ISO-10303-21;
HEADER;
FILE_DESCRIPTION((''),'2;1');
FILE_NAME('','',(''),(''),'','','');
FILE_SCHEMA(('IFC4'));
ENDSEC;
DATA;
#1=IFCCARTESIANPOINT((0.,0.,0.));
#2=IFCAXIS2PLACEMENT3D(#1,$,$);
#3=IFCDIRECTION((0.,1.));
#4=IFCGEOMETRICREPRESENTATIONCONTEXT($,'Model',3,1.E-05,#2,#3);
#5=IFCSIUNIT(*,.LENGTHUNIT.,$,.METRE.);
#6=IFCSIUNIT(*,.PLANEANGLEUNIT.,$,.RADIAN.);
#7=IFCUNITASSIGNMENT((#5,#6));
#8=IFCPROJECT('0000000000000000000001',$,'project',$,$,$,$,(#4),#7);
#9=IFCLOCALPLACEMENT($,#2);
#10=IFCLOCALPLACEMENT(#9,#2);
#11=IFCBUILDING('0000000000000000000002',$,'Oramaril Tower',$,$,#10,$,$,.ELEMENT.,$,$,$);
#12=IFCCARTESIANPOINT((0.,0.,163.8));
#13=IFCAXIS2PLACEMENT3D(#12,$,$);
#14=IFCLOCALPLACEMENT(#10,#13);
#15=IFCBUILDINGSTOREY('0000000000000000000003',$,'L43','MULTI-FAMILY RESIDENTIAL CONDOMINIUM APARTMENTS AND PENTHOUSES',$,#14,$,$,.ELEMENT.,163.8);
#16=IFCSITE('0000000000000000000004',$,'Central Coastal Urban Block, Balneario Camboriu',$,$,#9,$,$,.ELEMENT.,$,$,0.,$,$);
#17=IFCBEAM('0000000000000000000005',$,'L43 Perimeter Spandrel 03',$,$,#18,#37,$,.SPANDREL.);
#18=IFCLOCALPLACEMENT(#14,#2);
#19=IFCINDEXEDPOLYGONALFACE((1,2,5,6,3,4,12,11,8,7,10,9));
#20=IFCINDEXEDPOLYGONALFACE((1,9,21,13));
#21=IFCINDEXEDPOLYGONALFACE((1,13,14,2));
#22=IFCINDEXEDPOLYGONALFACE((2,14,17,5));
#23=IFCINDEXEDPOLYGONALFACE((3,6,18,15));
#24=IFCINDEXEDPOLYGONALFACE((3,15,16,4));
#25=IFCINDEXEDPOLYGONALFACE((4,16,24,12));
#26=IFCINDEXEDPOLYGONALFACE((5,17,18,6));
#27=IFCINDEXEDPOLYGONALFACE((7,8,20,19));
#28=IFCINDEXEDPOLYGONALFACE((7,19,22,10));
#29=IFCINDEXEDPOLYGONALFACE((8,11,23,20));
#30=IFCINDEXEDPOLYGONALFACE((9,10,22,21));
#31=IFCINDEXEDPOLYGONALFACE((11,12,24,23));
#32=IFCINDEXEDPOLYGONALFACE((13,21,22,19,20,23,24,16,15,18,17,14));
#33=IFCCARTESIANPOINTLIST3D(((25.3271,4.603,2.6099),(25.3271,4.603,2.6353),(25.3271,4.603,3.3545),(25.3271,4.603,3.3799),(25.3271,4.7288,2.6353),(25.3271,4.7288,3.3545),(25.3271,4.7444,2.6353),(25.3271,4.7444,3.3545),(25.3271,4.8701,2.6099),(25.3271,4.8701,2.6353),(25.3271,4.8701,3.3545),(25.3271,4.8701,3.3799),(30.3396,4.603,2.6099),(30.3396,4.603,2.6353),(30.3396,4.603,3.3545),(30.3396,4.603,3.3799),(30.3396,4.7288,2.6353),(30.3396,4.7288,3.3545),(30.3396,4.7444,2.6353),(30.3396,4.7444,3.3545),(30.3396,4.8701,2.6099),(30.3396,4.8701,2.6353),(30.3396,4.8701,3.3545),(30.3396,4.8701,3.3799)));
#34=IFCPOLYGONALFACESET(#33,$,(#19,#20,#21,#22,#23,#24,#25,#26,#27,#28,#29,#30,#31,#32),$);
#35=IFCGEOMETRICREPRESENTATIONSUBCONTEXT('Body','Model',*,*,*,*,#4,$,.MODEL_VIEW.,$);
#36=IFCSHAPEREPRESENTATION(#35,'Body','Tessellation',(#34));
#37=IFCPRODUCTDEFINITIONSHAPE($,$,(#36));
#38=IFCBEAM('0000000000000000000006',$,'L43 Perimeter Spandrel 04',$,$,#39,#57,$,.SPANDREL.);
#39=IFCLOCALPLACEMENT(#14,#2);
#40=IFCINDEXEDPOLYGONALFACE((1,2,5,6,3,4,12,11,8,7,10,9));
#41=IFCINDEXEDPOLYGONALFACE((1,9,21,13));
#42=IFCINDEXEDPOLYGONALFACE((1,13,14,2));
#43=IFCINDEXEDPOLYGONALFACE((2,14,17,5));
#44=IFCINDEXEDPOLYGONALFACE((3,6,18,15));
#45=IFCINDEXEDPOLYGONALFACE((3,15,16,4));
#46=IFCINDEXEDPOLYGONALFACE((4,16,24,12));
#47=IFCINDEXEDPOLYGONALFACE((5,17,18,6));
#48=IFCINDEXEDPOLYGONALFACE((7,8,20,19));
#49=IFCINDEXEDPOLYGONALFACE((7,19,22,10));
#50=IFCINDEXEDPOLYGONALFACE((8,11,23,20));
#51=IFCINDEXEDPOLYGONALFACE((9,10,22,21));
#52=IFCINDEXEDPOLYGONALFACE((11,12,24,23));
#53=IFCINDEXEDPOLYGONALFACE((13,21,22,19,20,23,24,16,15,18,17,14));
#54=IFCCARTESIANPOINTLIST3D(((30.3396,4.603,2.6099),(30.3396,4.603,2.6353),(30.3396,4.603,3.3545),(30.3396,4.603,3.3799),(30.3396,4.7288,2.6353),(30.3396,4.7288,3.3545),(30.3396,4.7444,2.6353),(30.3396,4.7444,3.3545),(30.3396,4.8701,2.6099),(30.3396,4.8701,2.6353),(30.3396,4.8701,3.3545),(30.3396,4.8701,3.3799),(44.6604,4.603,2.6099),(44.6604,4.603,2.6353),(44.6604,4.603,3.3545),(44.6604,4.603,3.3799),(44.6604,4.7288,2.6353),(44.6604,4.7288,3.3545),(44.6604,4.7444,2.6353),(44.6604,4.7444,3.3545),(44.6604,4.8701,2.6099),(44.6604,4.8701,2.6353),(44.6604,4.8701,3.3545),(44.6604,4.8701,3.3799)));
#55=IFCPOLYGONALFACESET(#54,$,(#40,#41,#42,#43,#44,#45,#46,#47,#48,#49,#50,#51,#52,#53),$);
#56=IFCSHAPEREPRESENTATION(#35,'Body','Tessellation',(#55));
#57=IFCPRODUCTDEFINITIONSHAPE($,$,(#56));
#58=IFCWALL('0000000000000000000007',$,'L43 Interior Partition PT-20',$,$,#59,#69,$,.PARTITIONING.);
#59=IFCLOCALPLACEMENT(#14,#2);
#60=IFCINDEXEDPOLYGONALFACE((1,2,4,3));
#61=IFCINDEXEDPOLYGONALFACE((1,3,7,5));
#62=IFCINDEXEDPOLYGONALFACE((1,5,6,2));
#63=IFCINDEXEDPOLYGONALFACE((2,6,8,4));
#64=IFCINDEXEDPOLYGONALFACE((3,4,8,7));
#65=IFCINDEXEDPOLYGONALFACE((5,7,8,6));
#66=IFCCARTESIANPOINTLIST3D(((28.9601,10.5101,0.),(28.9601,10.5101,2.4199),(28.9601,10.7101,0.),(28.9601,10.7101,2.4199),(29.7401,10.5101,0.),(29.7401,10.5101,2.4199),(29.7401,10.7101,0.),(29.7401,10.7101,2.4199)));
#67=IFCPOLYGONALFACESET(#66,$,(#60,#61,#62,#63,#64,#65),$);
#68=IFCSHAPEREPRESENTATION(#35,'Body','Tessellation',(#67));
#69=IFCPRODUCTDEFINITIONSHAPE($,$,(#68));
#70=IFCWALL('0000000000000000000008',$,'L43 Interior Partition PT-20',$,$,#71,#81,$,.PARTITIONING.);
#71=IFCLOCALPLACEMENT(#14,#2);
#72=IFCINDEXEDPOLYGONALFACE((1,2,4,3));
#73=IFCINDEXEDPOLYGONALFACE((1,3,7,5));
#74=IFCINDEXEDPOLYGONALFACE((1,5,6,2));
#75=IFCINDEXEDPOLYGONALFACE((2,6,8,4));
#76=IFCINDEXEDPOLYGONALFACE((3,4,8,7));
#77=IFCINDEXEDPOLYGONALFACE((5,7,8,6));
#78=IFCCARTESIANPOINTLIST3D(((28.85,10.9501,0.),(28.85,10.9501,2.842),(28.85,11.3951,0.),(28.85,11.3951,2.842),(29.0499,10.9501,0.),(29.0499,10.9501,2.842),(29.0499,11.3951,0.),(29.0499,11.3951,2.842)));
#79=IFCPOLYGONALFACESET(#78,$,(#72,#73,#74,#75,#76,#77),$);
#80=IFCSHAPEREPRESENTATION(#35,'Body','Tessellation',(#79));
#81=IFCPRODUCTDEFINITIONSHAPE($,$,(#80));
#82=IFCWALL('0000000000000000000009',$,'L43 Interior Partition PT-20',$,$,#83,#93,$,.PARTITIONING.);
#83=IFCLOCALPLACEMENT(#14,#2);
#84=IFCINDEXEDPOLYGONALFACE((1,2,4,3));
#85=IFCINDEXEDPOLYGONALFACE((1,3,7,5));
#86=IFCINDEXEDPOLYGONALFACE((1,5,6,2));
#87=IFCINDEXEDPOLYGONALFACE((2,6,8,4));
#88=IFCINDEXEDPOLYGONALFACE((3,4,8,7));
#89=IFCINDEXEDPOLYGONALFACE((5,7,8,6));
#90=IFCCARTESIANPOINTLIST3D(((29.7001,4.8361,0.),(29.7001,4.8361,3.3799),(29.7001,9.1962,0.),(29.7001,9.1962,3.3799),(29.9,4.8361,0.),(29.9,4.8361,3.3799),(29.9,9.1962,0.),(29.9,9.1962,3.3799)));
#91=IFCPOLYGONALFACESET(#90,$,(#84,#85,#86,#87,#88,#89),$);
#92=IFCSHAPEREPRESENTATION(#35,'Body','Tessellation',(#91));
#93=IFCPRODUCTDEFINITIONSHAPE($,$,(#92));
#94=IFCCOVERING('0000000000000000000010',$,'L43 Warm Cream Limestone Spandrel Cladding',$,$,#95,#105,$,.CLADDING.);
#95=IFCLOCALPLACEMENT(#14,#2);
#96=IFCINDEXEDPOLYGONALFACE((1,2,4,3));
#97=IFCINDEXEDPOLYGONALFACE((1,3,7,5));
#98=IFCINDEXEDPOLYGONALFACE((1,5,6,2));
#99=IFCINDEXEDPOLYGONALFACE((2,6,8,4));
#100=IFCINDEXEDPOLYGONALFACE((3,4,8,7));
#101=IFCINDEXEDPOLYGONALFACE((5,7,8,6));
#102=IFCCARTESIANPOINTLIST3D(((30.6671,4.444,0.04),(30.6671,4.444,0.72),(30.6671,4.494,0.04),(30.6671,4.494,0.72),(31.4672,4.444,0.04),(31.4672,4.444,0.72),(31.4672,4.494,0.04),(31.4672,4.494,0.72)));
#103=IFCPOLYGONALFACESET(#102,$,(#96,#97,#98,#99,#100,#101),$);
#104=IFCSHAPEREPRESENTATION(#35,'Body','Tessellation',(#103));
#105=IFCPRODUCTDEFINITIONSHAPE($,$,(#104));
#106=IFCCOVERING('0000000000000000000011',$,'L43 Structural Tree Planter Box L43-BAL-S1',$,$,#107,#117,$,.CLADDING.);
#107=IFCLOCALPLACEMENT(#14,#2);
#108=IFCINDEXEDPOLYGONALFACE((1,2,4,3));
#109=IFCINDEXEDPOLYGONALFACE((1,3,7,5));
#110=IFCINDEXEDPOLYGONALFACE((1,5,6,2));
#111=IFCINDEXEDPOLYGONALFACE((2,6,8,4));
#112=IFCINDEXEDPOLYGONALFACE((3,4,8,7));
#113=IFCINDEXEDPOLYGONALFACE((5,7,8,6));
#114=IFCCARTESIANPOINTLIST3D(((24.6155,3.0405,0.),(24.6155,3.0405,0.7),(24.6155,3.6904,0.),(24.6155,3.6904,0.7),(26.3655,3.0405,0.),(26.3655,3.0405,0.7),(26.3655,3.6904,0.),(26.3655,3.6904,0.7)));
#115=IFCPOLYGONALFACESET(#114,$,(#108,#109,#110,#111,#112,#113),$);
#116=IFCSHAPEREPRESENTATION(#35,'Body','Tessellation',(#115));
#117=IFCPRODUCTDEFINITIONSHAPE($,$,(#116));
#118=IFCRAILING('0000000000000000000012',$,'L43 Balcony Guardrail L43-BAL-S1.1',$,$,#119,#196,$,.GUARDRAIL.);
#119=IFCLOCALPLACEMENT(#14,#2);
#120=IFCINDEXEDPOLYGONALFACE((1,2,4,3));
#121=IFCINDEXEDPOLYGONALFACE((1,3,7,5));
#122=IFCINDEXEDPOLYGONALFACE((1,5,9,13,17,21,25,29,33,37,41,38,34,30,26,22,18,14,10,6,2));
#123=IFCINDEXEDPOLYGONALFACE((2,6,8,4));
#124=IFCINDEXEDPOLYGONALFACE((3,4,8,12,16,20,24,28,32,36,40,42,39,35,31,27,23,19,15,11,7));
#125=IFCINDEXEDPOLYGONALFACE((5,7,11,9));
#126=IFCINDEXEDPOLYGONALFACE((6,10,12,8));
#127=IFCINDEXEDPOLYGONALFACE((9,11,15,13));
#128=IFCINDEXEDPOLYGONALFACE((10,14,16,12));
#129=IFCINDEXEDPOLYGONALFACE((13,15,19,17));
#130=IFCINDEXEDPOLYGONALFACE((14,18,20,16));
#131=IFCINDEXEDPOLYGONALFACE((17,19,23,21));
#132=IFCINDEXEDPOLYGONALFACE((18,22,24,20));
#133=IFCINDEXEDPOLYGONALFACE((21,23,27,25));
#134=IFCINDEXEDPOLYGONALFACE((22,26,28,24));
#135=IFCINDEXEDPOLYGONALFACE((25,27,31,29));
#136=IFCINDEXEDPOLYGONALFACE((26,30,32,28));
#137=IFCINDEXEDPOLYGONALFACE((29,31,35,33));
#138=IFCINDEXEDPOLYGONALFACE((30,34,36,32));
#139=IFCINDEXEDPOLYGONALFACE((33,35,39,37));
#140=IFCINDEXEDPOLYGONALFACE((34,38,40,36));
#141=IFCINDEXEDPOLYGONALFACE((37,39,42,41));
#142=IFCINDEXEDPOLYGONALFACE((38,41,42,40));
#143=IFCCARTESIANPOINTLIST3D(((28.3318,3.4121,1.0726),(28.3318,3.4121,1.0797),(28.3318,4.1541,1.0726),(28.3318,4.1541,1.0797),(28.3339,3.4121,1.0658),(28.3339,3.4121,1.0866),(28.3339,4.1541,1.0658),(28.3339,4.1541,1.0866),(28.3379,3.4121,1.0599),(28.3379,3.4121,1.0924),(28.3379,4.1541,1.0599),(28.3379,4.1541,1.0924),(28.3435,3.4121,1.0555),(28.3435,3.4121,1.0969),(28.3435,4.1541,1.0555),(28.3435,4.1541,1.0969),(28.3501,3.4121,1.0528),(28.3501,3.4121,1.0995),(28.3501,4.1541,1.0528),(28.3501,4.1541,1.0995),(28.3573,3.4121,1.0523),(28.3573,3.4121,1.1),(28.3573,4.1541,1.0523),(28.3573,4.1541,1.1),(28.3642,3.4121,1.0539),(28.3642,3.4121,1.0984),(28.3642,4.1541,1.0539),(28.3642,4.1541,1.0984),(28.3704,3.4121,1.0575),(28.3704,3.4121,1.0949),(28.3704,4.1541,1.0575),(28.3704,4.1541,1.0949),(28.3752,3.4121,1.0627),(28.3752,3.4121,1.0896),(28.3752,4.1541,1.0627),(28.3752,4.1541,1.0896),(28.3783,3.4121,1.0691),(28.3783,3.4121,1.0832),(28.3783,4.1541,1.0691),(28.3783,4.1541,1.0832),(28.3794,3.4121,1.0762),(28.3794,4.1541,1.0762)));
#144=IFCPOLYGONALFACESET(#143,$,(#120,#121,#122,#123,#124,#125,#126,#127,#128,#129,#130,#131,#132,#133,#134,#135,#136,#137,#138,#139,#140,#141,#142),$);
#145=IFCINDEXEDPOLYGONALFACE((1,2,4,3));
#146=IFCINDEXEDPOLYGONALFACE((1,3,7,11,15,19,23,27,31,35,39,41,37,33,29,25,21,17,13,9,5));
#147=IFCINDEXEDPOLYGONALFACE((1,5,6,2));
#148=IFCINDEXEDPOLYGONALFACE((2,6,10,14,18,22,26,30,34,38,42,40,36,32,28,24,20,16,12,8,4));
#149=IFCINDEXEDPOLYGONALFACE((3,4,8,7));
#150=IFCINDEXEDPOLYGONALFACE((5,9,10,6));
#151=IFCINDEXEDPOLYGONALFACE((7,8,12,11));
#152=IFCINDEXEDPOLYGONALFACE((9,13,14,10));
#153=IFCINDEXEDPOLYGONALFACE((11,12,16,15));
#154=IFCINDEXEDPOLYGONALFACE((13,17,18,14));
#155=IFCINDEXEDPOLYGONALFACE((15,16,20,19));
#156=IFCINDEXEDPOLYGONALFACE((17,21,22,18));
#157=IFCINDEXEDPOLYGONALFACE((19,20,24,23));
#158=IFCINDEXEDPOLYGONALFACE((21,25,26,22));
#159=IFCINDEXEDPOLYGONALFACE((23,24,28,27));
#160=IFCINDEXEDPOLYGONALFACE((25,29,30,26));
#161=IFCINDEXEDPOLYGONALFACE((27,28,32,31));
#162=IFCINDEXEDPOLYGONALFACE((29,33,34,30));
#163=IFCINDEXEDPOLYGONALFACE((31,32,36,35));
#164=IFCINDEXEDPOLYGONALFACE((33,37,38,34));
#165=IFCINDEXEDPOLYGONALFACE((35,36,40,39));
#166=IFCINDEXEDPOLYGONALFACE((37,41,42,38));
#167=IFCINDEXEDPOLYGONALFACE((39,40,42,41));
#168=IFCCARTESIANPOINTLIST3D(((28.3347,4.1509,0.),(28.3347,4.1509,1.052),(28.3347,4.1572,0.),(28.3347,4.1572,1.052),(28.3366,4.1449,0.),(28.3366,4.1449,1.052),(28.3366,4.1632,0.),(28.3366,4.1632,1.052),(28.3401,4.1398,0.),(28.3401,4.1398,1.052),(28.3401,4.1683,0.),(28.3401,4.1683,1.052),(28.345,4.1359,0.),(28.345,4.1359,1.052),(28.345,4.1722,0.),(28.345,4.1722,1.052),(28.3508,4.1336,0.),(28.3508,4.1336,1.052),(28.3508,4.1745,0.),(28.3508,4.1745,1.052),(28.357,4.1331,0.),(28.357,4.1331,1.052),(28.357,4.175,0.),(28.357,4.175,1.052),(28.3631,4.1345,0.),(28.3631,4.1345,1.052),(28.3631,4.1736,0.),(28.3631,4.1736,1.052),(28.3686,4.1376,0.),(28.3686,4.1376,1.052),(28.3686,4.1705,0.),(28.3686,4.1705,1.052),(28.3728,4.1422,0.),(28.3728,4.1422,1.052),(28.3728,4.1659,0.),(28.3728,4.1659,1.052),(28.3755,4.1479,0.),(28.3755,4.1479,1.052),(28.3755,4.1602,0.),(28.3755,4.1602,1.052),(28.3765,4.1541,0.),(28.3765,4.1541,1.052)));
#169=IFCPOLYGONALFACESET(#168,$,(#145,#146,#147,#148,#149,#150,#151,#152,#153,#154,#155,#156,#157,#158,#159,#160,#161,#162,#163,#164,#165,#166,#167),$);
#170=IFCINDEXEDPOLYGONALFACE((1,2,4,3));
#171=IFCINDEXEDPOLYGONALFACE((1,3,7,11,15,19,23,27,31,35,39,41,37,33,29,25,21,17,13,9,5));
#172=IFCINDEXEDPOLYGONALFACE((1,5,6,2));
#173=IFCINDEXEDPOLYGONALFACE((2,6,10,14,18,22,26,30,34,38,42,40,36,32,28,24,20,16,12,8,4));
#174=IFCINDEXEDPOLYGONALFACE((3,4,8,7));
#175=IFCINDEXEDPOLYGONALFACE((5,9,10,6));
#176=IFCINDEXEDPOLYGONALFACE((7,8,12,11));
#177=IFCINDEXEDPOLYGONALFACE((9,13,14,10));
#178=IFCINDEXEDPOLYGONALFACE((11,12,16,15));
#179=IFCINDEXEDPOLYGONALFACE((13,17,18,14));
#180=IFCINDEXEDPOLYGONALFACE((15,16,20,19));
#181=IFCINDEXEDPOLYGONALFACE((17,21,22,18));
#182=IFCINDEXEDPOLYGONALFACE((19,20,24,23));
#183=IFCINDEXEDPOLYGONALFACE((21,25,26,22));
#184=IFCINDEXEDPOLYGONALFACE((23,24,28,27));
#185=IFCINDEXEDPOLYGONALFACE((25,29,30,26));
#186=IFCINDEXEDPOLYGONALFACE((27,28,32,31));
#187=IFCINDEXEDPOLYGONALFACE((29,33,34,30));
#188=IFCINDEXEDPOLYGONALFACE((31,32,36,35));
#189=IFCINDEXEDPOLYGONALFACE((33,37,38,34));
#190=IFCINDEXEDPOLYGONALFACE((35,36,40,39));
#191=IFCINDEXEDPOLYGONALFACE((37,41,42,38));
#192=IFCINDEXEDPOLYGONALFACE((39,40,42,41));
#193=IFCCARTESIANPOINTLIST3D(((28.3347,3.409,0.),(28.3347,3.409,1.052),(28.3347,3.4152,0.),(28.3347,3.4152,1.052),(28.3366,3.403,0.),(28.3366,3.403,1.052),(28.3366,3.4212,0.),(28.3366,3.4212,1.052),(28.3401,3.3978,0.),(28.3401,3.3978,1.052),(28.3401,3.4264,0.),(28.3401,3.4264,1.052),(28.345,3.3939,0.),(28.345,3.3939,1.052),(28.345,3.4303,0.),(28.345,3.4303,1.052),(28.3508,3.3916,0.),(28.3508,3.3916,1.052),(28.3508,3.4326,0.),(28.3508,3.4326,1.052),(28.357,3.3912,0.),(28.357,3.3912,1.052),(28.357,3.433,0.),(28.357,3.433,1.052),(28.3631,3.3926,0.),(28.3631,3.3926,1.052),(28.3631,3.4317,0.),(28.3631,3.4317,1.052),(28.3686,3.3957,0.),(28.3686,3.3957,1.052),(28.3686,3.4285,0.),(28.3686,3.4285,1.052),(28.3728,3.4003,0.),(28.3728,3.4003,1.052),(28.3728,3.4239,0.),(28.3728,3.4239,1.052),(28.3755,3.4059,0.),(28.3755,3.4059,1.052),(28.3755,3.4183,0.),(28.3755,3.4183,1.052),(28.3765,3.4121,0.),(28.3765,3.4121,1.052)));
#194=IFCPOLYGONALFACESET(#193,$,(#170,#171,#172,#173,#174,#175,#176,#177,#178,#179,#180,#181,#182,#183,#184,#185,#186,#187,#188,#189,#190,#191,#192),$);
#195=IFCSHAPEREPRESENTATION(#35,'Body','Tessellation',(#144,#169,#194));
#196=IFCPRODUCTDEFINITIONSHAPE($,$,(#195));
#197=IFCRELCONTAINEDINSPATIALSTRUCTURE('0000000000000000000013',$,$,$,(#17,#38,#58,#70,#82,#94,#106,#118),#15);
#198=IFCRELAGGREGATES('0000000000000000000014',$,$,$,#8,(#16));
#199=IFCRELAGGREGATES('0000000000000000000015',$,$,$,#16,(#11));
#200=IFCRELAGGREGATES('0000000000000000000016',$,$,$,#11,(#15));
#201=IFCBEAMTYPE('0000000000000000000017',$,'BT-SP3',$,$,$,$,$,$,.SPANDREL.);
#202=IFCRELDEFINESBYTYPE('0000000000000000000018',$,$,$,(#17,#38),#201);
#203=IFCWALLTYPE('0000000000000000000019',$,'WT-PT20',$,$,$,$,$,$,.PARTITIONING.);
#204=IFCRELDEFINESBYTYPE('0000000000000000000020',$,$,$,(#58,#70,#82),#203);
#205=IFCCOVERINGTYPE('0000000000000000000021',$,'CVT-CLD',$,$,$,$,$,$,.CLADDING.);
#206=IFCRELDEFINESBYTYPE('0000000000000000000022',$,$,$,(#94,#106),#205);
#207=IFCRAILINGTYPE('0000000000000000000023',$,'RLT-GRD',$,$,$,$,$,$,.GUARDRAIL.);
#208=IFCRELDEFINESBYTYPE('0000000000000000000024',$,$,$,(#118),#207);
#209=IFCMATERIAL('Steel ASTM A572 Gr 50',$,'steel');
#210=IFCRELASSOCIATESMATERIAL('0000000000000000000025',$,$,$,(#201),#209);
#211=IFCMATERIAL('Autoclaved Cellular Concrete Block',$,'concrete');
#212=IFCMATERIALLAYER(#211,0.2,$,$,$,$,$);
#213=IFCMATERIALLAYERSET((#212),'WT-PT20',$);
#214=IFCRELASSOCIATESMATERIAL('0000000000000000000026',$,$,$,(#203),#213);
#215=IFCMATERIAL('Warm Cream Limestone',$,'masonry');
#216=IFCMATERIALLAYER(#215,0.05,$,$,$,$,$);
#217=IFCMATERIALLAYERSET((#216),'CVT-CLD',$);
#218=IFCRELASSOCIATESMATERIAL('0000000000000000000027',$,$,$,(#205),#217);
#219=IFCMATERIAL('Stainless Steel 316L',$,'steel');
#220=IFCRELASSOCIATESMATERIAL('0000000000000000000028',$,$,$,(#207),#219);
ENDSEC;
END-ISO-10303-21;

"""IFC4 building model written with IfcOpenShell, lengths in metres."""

from ifc_helpers import new_model, si_unit, direction, frame, frame_2d, origin, origin_2d, place, context, subcontext, project, spatial, rectangle, circle, i_section, extrude, material, layer, layer_set, material_profile, profile_set, type_object, element, save


model = new_model("IFC4")

# Units and contexts
model_context = context("Model", 3, precision=1e-05, world=origin(), true_north=direction((0.0, 1.0)))
body_context = subcontext(model_context, "Body", "Model", "MODEL_VIEW")
ifc_project = project(units=[si_unit("LENGTHUNIT", "METRE"), si_unit("PLANEANGLEUNIT", "RADIAN")], contexts=[model_context])

# Site, building, storey
site_placement = place(None, origin())
site = spatial("IfcSite", under=ifc_project, at=site_placement, Name="Central Coastal Urban Block, Balneario Camboriu", CompositionType="ELEMENT", RefElevation=0.0)
building_placement = place(site_placement, origin())
building = spatial("IfcBuilding", under=site, at=building_placement, Name="Oramaril Tower", CompositionType="ELEMENT")
storey_placement = place(building_placement, frame((0.0, 0.0, 163.8)))
storey = spatial("IfcBuildingStorey", under=building, at=storey_placement, Name="L43", Description="MULTI-FAMILY RESIDENTIAL CONDOMINIUM APARTMENTS AND PENTHOUSES", CompositionType="ELEMENT", Elevation=163.8)

# Beams
ifc_material_1 = material(Name="Steel ASTM A572 Gr 50", Category="steel")
ifc_material_profile_1 = material_profile(ifc_material_1, i_section(OverallWidth=0.2671, OverallDepth=0.77, WebThickness=0.0156, FlangeThickness=0.0254, at=origin_2d()), Name="W30X132")
ifc_profile_set_1 = profile_set([ifc_material_profile_1], Name="Steel ASTM A572 Gr 50")
beam_type_1 = type_object("IfcBeamType", Name="BT-SP3", PredefinedType="SPANDREL", material=ifc_profile_set_1)
beam_1_placement = place(storey_placement, frame((25.3271, 4.7366, 2.9949), z_axis=(1.0, 0.0, 0.0), x_axis=(0.0, 1.0, 0.0)))
element("IfcBeam", 1, at=beam_1_placement, inside=storey, type_object=beam_type_1, Name="L43 Perimeter Spandrel 03", PredefinedType="SPANDREL", context=body_context, shape_type="SweptSolid", body=[
    extrude(i_section(OverallWidth=0.2671, OverallDepth=0.77, WebThickness=0.0156, FlangeThickness=0.0254, at=origin_2d()), origin(), (0.0, 0.0, 1.0), 5.0125),
])
beam_2_placement = place(storey_placement, frame((30.3396, 4.7366, 2.9949), z_axis=(1.0, 0.0, 0.0), x_axis=(0.0, 1.0, 0.0)))
element("IfcBeam", 2, at=beam_2_placement, inside=storey, type_object=beam_type_1, Name="L43 Perimeter Spandrel 04", PredefinedType="SPANDREL", context=body_context, shape_type="SweptSolid", body=[
    extrude(i_section(OverallWidth=0.2671, OverallDepth=0.77, WebThickness=0.0156, FlangeThickness=0.0254, at=origin_2d()), origin(), (0.0, 0.0, 1.0), 14.3208),
])

# Walls
ifc_material_2 = material(Name="Autoclaved Cellular Concrete Block", Category="concrete")
ifc_layer_1 = layer(ifc_material_2, 0.2)
ifc_layer_set_1 = layer_set([ifc_layer_1], Name="WT-PT20")
wall_type = type_object("IfcWallType", Name="WT-PT20", PredefinedType="PARTITIONING", material=ifc_layer_set_1)
wall_1_placement = place(storey_placement, frame((28.96, 10.6101, 0.0), z_axis=(0.0, 0.0, 1.0), x_axis=(1.0, 0.0, 0.0)))
element("IfcWall", 3, at=wall_1_placement, inside=storey, type_object=wall_type, Name="L43 Interior Partition PT-20", PredefinedType="PARTITIONING", context=body_context, shape_type="SweptSolid", body=[
    extrude(rectangle(XDim=0.78, YDim=0.2, at=frame_2d((0.3901, 0.0))), origin(), (0.0, 0.0, 1.0), 2.4199),
])
wall_2_placement = place(storey_placement, frame((28.95, 10.95, 0.0), z_axis=(0.0, 0.0, 1.0), x_axis=(0.0, 1.0, 0.0)))
element("IfcWall", 4, at=wall_2_placement, inside=storey, type_object=wall_type, Name="L43 Interior Partition PT-20", PredefinedType="PARTITIONING", context=body_context, shape_type="SweptSolid", body=[
    extrude(rectangle(XDim=0.4451, YDim=0.2, at=frame_2d((0.2227, 0.0))), origin(), (0.0, 0.0, 1.0), 2.842),
])
wall_3_placement = place(storey_placement, frame((29.8, 4.8359, 0.0), z_axis=(0.0, 0.0, 1.0), x_axis=(0.0, 1.0, 0.0)))
element("IfcWall", 5, at=wall_3_placement, inside=storey, type_object=wall_type, Name="L43 Interior Partition PT-20", PredefinedType="PARTITIONING", context=body_context, shape_type="SweptSolid", body=[
    extrude(rectangle(XDim=4.3601, YDim=0.2, at=frame_2d((2.1802, 0.0))), origin(), (0.0, 0.0, 1.0), 3.3799),
])

# Coverings
ifc_material_3 = material(Name="Warm Cream Limestone", Category="masonry")
ifc_layer_2 = layer(ifc_material_3, 0.05)
ifc_layer_set_2 = layer_set([ifc_layer_2], Name="CVT-CLD")
covering_type = type_object("IfcCoveringType", Name="CVT-CLD", PredefinedType="CLADDING", material=ifc_layer_set_2)
covering_1_placement = place(storey_placement, frame((31.0671, 4.469, 0.04), z_axis=(0.0, 0.0, 1.0), x_axis=(1.0, 0.0, 0.0)))
element("IfcCovering", 6, at=covering_1_placement, inside=storey, type_object=covering_type, Name="L43 Warm Cream Limestone Spandrel Cladding", PredefinedType="CLADDING", context=body_context, shape_type="SweptSolid", body=[
    extrude(rectangle(XDim=0.8, YDim=0.05, at=origin_2d()), origin(), (0.0, 0.0, 1.0), 0.6799),
])
covering_2_placement = place(storey_placement, frame((25.4905, 3.3655, 0.0), z_axis=(0.0, 0.0, 1.0), x_axis=(1.0, 0.0, 0.0)))
element("IfcCovering", 7, at=covering_2_placement, inside=storey, type_object=covering_type, Name="L43 Structural Tree Planter Box L43-BAL-S1", PredefinedType="CLADDING", context=body_context, shape_type="SweptSolid", body=[
    extrude(rectangle(XDim=1.75, YDim=0.6499, at=origin_2d()), origin(), (0.0, 0.0, 1.0), 0.7),
])

# Railing
ifc_material_4 = material(Name="Stainless Steel 316L", Category="steel")
railing_type = type_object("IfcRailingType", Name="RLT-GRD", PredefinedType="GUARDRAIL", material=ifc_material_4)
railing_1_placement = place(storey_placement, frame((28.3555, 4.1541, 0.0)))
element("IfcRailing", 8, at=railing_1_placement, inside=storey, type_object=railing_type, Name="L43 Balcony Guardrail L43-BAL-S1.1", PredefinedType="GUARDRAIL", context=body_context, shape_type="SweptSolid", body=[
    extrude(circle(Radius=0.0239, at=origin_2d()), frame((0.0, 0.0, 1.0762), z_axis=(0.0, -1.0, 0.0), x_axis=(1.0, 0.0, 0.0)), (0.0, 0.0, 1.0), 0.7419),
    extrude(circle(Radius=0.021, at=origin_2d()), origin(), (0.0, 0.0, 1.0), 1.052),
    extrude(circle(Radius=0.021, at=origin_2d()), frame((0.0, -0.7419, 0.0)), (0.0, 0.0, 1.0), 1.052),
])

save(model, "model.ifc")
